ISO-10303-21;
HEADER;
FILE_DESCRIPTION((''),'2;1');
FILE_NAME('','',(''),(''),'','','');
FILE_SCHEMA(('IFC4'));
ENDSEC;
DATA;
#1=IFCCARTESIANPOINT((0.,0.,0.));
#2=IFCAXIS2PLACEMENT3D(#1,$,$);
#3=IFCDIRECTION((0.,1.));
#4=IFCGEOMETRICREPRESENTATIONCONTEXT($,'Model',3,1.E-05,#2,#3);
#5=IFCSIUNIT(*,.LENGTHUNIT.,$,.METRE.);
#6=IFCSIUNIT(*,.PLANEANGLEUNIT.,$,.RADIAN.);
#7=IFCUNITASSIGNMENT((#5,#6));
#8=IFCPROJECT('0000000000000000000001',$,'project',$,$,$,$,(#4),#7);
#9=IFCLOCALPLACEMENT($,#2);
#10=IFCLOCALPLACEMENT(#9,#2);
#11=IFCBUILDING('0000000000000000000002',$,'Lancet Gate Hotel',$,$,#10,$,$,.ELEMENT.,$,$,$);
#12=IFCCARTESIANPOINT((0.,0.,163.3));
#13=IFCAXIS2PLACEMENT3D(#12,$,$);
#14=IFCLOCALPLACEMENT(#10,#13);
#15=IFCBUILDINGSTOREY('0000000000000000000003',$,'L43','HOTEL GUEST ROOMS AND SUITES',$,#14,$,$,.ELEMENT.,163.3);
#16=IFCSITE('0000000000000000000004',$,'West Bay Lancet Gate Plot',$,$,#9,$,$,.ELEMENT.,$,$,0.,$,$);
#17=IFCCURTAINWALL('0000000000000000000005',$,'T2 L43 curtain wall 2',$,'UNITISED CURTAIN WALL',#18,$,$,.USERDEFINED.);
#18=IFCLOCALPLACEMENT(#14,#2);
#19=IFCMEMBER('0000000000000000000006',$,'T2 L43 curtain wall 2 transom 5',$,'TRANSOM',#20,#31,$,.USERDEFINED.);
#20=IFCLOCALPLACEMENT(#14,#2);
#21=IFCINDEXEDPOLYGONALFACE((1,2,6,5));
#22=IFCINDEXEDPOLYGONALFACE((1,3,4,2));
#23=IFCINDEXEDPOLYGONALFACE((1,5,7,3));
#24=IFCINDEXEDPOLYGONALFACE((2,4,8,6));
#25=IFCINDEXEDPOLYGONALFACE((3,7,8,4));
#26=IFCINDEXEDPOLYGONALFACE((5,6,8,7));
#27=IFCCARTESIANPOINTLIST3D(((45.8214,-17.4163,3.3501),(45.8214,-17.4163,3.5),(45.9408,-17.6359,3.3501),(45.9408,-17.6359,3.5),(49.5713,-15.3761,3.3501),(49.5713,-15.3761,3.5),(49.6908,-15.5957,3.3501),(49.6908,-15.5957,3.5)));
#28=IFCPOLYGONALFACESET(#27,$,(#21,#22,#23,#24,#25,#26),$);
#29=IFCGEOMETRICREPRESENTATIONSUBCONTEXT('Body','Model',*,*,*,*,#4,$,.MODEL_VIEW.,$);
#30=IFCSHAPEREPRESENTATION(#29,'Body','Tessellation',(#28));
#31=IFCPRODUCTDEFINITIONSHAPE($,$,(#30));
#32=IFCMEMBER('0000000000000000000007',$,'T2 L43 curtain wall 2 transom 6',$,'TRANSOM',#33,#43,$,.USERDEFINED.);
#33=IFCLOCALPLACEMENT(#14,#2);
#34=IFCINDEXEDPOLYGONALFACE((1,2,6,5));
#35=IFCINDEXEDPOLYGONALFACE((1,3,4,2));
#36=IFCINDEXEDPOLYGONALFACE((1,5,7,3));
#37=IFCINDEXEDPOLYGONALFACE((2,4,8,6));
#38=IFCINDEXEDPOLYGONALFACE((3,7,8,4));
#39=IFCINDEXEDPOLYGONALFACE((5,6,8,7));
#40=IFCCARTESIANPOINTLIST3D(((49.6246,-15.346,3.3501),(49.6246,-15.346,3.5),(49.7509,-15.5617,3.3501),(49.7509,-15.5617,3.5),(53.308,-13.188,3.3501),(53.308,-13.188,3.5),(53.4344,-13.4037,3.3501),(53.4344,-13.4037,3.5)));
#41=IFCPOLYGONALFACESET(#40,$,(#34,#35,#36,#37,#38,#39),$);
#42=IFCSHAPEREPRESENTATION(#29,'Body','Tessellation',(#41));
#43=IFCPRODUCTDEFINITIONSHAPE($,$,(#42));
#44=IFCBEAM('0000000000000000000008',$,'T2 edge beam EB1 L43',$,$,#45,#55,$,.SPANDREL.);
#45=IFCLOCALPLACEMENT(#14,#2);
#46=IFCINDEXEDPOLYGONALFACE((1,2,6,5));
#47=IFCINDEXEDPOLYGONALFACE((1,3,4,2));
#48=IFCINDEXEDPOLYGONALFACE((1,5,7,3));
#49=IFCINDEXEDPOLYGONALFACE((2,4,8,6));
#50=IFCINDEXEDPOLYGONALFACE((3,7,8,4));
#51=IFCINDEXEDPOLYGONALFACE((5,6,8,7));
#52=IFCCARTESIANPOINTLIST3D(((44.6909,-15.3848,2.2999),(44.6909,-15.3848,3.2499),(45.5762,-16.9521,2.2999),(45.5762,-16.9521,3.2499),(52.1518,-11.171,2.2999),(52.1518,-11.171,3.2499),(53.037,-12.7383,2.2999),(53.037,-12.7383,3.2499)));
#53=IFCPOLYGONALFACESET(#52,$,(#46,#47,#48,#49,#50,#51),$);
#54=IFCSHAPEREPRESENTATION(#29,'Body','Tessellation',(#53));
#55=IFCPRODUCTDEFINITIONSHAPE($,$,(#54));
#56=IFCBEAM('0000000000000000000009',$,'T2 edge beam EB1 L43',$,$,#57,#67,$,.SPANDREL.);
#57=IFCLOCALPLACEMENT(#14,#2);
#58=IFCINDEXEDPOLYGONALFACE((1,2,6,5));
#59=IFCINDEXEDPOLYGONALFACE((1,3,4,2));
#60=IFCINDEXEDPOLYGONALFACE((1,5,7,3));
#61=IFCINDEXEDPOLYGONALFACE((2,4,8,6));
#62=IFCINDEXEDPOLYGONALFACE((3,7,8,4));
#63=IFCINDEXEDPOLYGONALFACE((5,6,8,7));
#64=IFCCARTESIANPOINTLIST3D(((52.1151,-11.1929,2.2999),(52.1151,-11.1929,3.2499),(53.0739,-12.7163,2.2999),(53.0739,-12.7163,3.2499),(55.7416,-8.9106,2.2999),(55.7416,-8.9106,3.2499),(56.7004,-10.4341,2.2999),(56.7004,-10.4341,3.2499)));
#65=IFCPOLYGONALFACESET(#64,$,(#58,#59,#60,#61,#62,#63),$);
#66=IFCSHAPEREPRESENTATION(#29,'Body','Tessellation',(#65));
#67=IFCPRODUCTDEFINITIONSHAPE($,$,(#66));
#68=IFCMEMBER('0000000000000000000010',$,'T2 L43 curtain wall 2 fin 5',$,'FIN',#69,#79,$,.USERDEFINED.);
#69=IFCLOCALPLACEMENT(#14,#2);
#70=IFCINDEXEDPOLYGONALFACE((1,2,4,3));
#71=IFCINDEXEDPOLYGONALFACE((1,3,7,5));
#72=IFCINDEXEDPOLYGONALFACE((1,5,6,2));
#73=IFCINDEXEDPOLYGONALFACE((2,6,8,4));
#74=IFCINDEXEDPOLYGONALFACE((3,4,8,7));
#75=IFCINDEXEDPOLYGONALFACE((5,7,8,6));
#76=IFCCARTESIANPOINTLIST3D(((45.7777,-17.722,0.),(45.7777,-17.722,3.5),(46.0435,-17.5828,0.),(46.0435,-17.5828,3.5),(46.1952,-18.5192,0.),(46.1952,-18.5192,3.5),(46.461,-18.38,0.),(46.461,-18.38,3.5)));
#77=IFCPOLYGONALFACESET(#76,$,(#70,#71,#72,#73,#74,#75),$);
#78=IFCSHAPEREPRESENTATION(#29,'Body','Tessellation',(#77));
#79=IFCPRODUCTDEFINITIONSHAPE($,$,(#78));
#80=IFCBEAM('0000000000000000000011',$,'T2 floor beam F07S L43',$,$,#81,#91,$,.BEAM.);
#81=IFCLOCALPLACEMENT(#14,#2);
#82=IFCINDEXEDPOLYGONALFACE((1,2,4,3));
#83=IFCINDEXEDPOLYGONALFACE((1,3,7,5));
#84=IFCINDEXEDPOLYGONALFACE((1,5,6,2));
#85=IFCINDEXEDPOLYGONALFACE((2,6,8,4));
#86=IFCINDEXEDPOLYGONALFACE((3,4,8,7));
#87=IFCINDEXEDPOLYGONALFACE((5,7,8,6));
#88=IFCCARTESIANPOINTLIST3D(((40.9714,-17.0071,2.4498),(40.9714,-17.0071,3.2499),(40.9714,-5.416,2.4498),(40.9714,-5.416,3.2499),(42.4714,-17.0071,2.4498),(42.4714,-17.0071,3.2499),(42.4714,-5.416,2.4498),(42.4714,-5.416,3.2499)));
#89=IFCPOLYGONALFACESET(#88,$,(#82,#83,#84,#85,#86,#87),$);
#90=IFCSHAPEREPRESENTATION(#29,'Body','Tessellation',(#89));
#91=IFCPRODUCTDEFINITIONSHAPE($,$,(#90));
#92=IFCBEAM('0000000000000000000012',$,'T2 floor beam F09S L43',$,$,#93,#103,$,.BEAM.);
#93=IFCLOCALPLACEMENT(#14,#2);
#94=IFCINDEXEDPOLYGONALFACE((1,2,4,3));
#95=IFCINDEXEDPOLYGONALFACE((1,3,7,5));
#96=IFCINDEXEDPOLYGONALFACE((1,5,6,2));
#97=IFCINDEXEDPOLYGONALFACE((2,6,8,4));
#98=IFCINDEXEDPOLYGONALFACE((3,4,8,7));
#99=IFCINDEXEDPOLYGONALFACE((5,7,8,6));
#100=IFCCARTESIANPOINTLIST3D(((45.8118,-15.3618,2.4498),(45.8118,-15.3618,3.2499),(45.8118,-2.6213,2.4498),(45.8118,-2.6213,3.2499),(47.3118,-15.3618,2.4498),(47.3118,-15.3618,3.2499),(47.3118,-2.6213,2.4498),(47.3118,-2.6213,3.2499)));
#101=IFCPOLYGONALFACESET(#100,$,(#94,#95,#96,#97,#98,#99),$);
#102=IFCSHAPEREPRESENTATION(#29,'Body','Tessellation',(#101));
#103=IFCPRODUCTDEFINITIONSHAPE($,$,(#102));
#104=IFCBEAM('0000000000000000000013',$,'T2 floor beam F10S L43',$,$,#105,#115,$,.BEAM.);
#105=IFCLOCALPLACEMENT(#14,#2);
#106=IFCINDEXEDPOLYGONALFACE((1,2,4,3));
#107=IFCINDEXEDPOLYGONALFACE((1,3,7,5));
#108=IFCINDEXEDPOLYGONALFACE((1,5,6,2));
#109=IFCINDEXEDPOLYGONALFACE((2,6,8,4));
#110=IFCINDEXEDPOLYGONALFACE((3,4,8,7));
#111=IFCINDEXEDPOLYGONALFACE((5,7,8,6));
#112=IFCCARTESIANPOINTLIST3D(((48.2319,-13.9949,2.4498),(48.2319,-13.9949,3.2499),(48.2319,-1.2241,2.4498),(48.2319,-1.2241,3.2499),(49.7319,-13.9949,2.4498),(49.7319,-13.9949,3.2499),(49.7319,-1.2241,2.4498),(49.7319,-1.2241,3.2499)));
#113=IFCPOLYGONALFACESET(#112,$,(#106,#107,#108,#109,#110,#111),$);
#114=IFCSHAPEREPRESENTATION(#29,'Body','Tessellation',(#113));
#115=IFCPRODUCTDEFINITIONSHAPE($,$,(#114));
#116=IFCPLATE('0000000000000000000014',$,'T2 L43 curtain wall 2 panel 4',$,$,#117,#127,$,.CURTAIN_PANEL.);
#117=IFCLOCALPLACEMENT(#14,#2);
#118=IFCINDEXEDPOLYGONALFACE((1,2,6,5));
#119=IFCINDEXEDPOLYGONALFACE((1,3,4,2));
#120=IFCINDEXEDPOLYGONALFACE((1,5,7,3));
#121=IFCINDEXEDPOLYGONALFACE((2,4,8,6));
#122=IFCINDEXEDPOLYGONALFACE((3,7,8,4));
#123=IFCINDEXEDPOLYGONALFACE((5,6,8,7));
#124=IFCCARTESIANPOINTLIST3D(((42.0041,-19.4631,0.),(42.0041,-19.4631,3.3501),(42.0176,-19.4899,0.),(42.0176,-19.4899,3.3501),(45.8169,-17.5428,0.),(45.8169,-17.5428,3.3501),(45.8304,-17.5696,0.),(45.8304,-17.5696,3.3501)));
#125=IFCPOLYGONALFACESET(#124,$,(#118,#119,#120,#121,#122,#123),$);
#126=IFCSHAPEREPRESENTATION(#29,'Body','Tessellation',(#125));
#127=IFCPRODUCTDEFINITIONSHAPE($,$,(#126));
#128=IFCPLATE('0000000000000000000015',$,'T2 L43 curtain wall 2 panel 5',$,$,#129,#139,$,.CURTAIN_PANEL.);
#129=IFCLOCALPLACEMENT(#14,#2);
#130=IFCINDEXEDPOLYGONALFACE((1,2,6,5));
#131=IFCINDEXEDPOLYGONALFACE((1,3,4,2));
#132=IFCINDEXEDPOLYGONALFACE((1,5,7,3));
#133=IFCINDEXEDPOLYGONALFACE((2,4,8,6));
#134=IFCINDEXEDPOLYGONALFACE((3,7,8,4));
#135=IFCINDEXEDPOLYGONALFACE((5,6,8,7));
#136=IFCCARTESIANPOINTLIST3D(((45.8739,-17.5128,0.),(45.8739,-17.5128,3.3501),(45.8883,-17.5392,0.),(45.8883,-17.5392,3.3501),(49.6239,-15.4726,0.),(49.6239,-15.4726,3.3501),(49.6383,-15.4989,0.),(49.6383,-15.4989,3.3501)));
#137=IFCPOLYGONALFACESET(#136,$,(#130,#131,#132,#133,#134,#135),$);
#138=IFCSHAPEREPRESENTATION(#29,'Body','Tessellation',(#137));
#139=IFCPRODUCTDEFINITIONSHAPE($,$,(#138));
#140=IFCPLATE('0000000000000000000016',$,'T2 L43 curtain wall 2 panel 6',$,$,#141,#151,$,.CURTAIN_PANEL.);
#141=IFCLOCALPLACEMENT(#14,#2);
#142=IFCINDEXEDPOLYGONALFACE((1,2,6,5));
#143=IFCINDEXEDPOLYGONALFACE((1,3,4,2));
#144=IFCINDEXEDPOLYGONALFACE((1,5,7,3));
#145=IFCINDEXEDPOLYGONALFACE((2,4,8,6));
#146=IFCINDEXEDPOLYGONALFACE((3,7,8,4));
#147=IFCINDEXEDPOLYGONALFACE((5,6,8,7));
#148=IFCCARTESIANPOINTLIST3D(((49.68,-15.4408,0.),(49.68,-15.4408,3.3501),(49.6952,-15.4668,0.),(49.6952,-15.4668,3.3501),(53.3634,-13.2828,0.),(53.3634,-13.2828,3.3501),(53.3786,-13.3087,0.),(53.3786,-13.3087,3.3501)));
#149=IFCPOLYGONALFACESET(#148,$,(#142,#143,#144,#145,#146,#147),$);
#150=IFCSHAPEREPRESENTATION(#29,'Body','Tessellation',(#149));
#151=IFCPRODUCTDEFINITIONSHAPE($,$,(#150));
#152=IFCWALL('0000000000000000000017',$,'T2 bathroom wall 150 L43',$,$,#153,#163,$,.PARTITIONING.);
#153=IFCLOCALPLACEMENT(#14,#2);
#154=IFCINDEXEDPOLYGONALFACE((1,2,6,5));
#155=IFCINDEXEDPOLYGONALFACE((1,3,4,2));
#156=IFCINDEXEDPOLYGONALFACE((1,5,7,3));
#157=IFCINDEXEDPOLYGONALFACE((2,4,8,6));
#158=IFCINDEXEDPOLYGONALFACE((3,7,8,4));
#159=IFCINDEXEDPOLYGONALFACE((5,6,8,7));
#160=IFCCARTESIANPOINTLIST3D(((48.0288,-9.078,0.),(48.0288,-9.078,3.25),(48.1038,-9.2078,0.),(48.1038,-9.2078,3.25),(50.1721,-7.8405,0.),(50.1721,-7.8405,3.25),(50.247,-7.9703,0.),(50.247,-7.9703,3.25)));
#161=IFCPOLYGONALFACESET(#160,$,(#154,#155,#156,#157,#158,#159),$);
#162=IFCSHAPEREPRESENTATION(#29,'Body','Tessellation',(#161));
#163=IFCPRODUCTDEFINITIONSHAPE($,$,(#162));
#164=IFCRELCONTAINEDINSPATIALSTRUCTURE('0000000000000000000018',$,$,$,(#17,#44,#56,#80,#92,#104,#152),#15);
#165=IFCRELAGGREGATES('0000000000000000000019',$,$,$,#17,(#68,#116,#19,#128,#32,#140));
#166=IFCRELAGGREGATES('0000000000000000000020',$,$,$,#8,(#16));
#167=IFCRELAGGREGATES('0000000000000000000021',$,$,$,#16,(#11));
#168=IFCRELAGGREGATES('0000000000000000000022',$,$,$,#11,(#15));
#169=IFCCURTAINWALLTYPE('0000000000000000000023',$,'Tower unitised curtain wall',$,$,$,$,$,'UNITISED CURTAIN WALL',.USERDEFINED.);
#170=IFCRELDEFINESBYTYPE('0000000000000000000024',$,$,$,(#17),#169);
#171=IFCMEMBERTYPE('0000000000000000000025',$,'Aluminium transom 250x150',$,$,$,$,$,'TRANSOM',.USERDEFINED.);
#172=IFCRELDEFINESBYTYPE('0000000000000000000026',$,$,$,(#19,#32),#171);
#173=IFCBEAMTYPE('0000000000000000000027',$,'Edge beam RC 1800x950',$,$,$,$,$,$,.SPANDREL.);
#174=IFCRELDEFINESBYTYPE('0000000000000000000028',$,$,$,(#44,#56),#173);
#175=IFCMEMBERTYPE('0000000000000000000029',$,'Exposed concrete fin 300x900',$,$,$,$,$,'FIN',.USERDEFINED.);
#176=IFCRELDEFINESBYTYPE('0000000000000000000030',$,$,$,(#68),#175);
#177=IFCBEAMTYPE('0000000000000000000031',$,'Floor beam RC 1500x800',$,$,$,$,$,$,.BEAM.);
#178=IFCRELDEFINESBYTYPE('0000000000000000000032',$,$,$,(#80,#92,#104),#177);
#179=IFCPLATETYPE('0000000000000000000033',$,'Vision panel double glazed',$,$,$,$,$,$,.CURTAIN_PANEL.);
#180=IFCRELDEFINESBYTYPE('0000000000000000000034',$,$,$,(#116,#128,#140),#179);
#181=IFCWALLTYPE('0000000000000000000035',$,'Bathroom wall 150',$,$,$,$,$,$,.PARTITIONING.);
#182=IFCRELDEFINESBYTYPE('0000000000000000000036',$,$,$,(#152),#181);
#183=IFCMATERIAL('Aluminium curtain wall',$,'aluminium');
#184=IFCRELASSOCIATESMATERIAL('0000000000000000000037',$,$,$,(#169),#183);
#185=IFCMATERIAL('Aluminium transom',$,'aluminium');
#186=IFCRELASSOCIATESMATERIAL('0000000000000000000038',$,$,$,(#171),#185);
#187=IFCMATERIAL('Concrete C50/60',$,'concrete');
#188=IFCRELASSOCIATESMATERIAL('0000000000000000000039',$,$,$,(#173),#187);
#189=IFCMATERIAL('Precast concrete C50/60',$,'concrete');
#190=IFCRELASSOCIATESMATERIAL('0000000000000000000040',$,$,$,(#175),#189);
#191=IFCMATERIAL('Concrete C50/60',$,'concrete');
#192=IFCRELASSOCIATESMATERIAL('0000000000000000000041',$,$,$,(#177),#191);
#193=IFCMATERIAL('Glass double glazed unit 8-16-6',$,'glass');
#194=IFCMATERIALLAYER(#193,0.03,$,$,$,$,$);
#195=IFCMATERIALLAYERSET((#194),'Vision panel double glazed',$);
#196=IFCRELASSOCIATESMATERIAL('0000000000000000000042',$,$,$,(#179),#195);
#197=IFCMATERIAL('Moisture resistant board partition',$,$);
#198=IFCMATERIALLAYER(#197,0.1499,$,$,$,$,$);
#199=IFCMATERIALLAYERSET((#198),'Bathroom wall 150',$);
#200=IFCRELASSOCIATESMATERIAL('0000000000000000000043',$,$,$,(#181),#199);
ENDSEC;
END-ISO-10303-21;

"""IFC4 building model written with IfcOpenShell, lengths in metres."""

from ifc_helpers import new_model, si_unit, direction, frame, frame_2d, origin, origin_2d, place, context, subcontext, project, spatial, rectangle, extrude, material, layer, layer_set, material_profile, profile_set, type_object, element, aggregate, save


model = new_model("IFC4")

# Units and contexts
model_context = context("Model", 3, precision=1e-05, world=origin(), true_north=direction((0.0, 1.0)))
body_context = subcontext(model_context, "Body", "Model", "MODEL_VIEW")
ifc_project = project(units=[si_unit("LENGTHUNIT", "METRE"), si_unit("PLANEANGLEUNIT", "RADIAN")], contexts=[model_context])

# Site, building, storey
site_placement = place(None, origin())
site = spatial("IfcSite", under=ifc_project, at=site_placement, Name="West Bay Lancet Gate Plot", CompositionType="ELEMENT", RefElevation=0.0)
building_placement = place(site_placement, origin())
building = spatial("IfcBuilding", under=site, at=building_placement, Name="Lancet Gate Hotel", CompositionType="ELEMENT")
storey_placement = place(building_placement, frame((0.0, 0.0, 163.3)))
storey = spatial("IfcBuildingStorey", under=building, at=storey_placement, Name="L43", Description="HOTEL GUEST ROOMS AND SUITES", CompositionType="ELEMENT", Elevation=163.3)

# Curtain wall, members
ifc_material_1 = material(Name="Aluminium curtain wall", Category="aluminium")
curtain_wall_type = type_object("IfcCurtainWallType", Name="Tower unitised curtain wall", ElementType="UNITISED CURTAIN WALL", PredefinedType="USERDEFINED", material=ifc_material_1)
curtain_wall_placement = place(storey_placement, origin())
curtain_wall = element("IfcCurtainWall", 1, at=curtain_wall_placement, inside=storey, type_object=curtain_wall_type, Name="T2 L43 curtain wall 2", ObjectType="UNITISED CURTAIN WALL", PredefinedType="USERDEFINED")
ifc_material_2 = material(Name="Aluminium transom", Category="aluminium")
ifc_material_profile_1 = material_profile(ifc_material_2, rectangle(XDim=0.25, YDim=0.1499, at=origin_2d()), Name="TRANSOM 250x150")
ifc_profile_set_1 = profile_set([ifc_material_profile_1], Name="Aluminium transom")
member_type_1 = type_object("IfcMemberType", Name="Aluminium transom 250x150", ElementType="TRANSOM", PredefinedType="USERDEFINED", material=ifc_profile_set_1)
member_1_placement = place(storey_placement, frame((45.8811, -17.5261, 3.425), z_axis=(0.878404, 0.477918, 0.0), x_axis=(-0.477918, 0.878404, 0.0)))
member_1 = element("IfcMember", 2, at=member_1_placement, type_object=member_type_1, Name="T2 L43 curtain wall 2 transom 5", ObjectType="TRANSOM", PredefinedType="USERDEFINED", context=body_context, shape_type="SweptSolid", body=[
    extrude(rectangle(XDim=0.25, YDim=0.1499, at=origin_2d()), origin(), (0.0, 0.0, 1.0), 4.269),
])
member_2_placement = place(storey_placement, frame((49.6877, -15.4539, 3.425), z_axis=(0.862825, 0.505502, 0.0), x_axis=(-0.505502, 0.862825, 0.0)))
member_2 = element("IfcMember", 3, at=member_2_placement, type_object=member_type_1, Name="T2 L43 curtain wall 2 transom 6", ObjectType="TRANSOM", PredefinedType="USERDEFINED", context=body_context, shape_type="SweptSolid", body=[
    extrude(rectangle(XDim=0.25, YDim=0.1499, at=origin_2d()), origin(), (0.0, 0.0, 1.0), 4.269),
])

# Beams
ifc_material_3 = material(Name="Concrete C50/60", Category="concrete")
ifc_material_profile_2 = material_profile(ifc_material_3, rectangle(XDim=1.8, YDim=0.95, at=origin_2d()), Name="RC 1800x950")
ifc_profile_set_2 = profile_set([ifc_material_profile_2], Name="Concrete C50/60")
beam_type_1 = type_object("IfcBeamType", Name="Edge beam RC 1800x950", PredefinedType="SPANDREL", material=ifc_profile_set_2)
beam_1_placement = place(storey_placement, frame((45.1335, -16.1685, 2.7749), z_axis=(0.870722, 0.491776, 0.0), x_axis=(-0.491776, 0.870722, 0.0)))
element("IfcBeam", 4, at=beam_1_placement, inside=storey, type_object=beam_type_1, Name="T2 edge beam EB1 L43", PredefinedType="SPANDREL", context=body_context, shape_type="SweptSolid", body=[
    extrude(rectangle(XDim=1.8, YDim=0.95, at=origin_2d()), origin(), (0.0, 0.0, 1.0), 8.5686),
])
beam_2_placement = place(storey_placement, frame((52.5945, -11.9546, 2.7749), z_axis=(0.846349, 0.532629, 0.0), x_axis=(-0.532629, 0.846349, 0.0)))
element("IfcBeam", 5, at=beam_2_placement, inside=storey, type_object=beam_type_1, Name="T2 edge beam EB1 L43", PredefinedType="SPANDREL", context=body_context, shape_type="SweptSolid", body=[
    extrude(rectangle(XDim=1.8, YDim=0.95, at=origin_2d()), origin(), (0.0, 0.0, 1.0), 4.2849),
])

# Member
ifc_material_4 = material(Name="Precast concrete C50/60", Category="concrete")
ifc_material_profile_3 = material_profile(ifc_material_4, rectangle(XDim=0.3, YDim=0.8999, at=origin_2d()), Name="FIN 300x900")
ifc_profile_set_3 = profile_set([ifc_material_profile_3], Name="Precast concrete C50/60")
member_type_2 = type_object("IfcMemberType", Name="Exposed concrete fin 300x900", ElementType="FIN", PredefinedType="USERDEFINED", material=ifc_profile_set_3)
member_3_placement = place(storey_placement, frame((46.1194, -18.051, 0.0), z_axis=(0.0, 0.0, 1.0), x_axis=(0.885877, 0.46392, 0.0)))
member_3 = element("IfcMember", 6, at=member_3_placement, type_object=member_type_2, Name="T2 L43 curtain wall 2 fin 5", ObjectType="FIN", PredefinedType="USERDEFINED", context=body_context, shape_type="SweptSolid", body=[
    extrude(rectangle(XDim=0.3, YDim=0.8999, at=origin_2d()), origin(), (0.0, 0.0, 1.0), 3.5),
])

# Beams
ifc_material_5 = material(Name="Concrete C50/60", Category="concrete")
ifc_material_profile_4 = material_profile(ifc_material_5, rectangle(XDim=1.5, YDim=0.8, at=origin_2d()), Name="RC 1500x800")
ifc_profile_set_4 = profile_set([ifc_material_profile_4], Name="Concrete C50/60")
beam_type_2 = type_object("IfcBeamType", Name="Floor beam RC 1500x800", PredefinedType="BEAM", material=ifc_profile_set_4)
beam_3_placement = place(storey_placement, frame((41.7214, -17.0071, 2.8499), z_axis=(0.0, 1.0, 0.0), x_axis=(-1.0, 0.0, 0.0)))
element("IfcBeam", 7, at=beam_3_placement, inside=storey, type_object=beam_type_2, Name="T2 floor beam F07S L43", PredefinedType="BEAM", context=body_context, shape_type="SweptSolid", body=[
    extrude(rectangle(XDim=1.5, YDim=0.8, at=origin_2d()), origin(), (0.0, 0.0, 1.0), 11.5911),
])
beam_4_placement = place(storey_placement, frame((46.5618, -15.3618, 2.8499), z_axis=(0.0, 1.0, 0.0), x_axis=(-1.0, 0.0, 0.0)))
element("IfcBeam", 8, at=beam_4_placement, inside=storey, type_object=beam_type_2, Name="T2 floor beam F09S L43", PredefinedType="BEAM", context=body_context, shape_type="SweptSolid", body=[
    extrude(rectangle(XDim=1.5, YDim=0.8, at=origin_2d()), origin(), (0.0, 0.0, 1.0), 12.7405),
])
beam_5_placement = place(storey_placement, frame((48.9819, -13.9949, 2.8499), z_axis=(0.0, 1.0, 0.0), x_axis=(-1.0, 0.0, 0.0)))
element("IfcBeam", 9, at=beam_5_placement, inside=storey, type_object=beam_type_2, Name="T2 floor beam F10S L43", PredefinedType="BEAM", context=body_context, shape_type="SweptSolid", body=[
    extrude(rectangle(XDim=1.5, YDim=0.8, at=origin_2d()), origin(), (0.0, 0.0, 1.0), 12.7708),
])

# Plates
ifc_material_6 = material(Name="Glass double glazed unit 8-16-6", Category="glass")
ifc_layer_1 = layer(ifc_material_6, 0.03)
ifc_layer_set_1 = layer_set([ifc_layer_1], Name="Vision panel double glazed")
plate_type = type_object("IfcPlateType", Name="Vision panel double glazed", PredefinedType="CURTAIN_PANEL", material=ifc_layer_set_1)
plate_1_placement = place(storey_placement, frame((43.9172, -18.5164, 0.0), z_axis=(0.0, 0.0, 1.0), x_axis=(0.893121, 0.449816, 0.0)))
plate_1 = element("IfcPlate", 10, at=plate_1_placement, type_object=plate_type, Name="T2 L43 curtain wall 2 panel 4", PredefinedType="CURTAIN_PANEL", context=body_context, shape_type="SweptSolid", body=[
    extrude(rectangle(XDim=4.269, YDim=0.03, at=origin_2d()), origin(), (0.0, 0.0, 1.0), 3.3501),
])
plate_2_placement = place(storey_placement, frame((47.7561, -16.5059, 0.0), z_axis=(0.0, 0.0, 1.0), x_axis=(0.87841, 0.477908, 0.0)))
plate_2 = element("IfcPlate", 11, at=plate_2_placement, type_object=plate_type, Name="T2 L43 curtain wall 2 panel 5", PredefinedType="CURTAIN_PANEL", context=body_context, shape_type="SweptSolid", body=[
    extrude(rectangle(XDim=4.269, YDim=0.03, at=origin_2d()), origin(), (0.0, 0.0, 1.0), 3.3501),
])
plate_3_placement = place(storey_placement, frame((51.5293, -14.3748, 0.0), z_axis=(0.0, 0.0, 1.0), x_axis=(0.862815, 0.50552, 0.0)))
plate_3 = element("IfcPlate", 12, at=plate_3_placement, type_object=plate_type, Name="T2 L43 curtain wall 2 panel 6", PredefinedType="CURTAIN_PANEL", context=body_context, shape_type="SweptSolid", body=[
    extrude(rectangle(XDim=4.269, YDim=0.03, at=origin_2d()), origin(), (0.0, 0.0, 1.0), 3.3501),
])
aggregate(curtain_wall, [member_3, plate_1, member_1, plate_2, member_2, plate_3])

# Wall
ifc_material_7 = material(Name="Moisture resistant board partition")
ifc_layer_2 = layer(ifc_material_7, 0.1499)
ifc_layer_set_2 = layer_set([ifc_layer_2], Name="Bathroom wall 150")
wall_type_1 = type_object("IfcWallType", Name="Bathroom wall 150", PredefinedType="PARTITIONING", material=ifc_layer_set_2)
wall_1_placement = place(storey_placement, frame((48.0664, -9.1428, 0.0), z_axis=(0.0, 0.0, 1.0), x_axis=(0.866007, 0.500033, 0.0)))
element("IfcWall", 13, at=wall_1_placement, inside=storey, type_object=wall_type_1, Name="T2 bathroom wall 150 L43", PredefinedType="PARTITIONING", context=body_context, shape_type="SweptSolid", body=[
    extrude(rectangle(XDim=2.4749, YDim=0.1499, at=frame_2d((1.2373, 0.0))), origin(), (0.0, 0.0, 1.0), 3.25),
])

save(model, "model.ifc")
